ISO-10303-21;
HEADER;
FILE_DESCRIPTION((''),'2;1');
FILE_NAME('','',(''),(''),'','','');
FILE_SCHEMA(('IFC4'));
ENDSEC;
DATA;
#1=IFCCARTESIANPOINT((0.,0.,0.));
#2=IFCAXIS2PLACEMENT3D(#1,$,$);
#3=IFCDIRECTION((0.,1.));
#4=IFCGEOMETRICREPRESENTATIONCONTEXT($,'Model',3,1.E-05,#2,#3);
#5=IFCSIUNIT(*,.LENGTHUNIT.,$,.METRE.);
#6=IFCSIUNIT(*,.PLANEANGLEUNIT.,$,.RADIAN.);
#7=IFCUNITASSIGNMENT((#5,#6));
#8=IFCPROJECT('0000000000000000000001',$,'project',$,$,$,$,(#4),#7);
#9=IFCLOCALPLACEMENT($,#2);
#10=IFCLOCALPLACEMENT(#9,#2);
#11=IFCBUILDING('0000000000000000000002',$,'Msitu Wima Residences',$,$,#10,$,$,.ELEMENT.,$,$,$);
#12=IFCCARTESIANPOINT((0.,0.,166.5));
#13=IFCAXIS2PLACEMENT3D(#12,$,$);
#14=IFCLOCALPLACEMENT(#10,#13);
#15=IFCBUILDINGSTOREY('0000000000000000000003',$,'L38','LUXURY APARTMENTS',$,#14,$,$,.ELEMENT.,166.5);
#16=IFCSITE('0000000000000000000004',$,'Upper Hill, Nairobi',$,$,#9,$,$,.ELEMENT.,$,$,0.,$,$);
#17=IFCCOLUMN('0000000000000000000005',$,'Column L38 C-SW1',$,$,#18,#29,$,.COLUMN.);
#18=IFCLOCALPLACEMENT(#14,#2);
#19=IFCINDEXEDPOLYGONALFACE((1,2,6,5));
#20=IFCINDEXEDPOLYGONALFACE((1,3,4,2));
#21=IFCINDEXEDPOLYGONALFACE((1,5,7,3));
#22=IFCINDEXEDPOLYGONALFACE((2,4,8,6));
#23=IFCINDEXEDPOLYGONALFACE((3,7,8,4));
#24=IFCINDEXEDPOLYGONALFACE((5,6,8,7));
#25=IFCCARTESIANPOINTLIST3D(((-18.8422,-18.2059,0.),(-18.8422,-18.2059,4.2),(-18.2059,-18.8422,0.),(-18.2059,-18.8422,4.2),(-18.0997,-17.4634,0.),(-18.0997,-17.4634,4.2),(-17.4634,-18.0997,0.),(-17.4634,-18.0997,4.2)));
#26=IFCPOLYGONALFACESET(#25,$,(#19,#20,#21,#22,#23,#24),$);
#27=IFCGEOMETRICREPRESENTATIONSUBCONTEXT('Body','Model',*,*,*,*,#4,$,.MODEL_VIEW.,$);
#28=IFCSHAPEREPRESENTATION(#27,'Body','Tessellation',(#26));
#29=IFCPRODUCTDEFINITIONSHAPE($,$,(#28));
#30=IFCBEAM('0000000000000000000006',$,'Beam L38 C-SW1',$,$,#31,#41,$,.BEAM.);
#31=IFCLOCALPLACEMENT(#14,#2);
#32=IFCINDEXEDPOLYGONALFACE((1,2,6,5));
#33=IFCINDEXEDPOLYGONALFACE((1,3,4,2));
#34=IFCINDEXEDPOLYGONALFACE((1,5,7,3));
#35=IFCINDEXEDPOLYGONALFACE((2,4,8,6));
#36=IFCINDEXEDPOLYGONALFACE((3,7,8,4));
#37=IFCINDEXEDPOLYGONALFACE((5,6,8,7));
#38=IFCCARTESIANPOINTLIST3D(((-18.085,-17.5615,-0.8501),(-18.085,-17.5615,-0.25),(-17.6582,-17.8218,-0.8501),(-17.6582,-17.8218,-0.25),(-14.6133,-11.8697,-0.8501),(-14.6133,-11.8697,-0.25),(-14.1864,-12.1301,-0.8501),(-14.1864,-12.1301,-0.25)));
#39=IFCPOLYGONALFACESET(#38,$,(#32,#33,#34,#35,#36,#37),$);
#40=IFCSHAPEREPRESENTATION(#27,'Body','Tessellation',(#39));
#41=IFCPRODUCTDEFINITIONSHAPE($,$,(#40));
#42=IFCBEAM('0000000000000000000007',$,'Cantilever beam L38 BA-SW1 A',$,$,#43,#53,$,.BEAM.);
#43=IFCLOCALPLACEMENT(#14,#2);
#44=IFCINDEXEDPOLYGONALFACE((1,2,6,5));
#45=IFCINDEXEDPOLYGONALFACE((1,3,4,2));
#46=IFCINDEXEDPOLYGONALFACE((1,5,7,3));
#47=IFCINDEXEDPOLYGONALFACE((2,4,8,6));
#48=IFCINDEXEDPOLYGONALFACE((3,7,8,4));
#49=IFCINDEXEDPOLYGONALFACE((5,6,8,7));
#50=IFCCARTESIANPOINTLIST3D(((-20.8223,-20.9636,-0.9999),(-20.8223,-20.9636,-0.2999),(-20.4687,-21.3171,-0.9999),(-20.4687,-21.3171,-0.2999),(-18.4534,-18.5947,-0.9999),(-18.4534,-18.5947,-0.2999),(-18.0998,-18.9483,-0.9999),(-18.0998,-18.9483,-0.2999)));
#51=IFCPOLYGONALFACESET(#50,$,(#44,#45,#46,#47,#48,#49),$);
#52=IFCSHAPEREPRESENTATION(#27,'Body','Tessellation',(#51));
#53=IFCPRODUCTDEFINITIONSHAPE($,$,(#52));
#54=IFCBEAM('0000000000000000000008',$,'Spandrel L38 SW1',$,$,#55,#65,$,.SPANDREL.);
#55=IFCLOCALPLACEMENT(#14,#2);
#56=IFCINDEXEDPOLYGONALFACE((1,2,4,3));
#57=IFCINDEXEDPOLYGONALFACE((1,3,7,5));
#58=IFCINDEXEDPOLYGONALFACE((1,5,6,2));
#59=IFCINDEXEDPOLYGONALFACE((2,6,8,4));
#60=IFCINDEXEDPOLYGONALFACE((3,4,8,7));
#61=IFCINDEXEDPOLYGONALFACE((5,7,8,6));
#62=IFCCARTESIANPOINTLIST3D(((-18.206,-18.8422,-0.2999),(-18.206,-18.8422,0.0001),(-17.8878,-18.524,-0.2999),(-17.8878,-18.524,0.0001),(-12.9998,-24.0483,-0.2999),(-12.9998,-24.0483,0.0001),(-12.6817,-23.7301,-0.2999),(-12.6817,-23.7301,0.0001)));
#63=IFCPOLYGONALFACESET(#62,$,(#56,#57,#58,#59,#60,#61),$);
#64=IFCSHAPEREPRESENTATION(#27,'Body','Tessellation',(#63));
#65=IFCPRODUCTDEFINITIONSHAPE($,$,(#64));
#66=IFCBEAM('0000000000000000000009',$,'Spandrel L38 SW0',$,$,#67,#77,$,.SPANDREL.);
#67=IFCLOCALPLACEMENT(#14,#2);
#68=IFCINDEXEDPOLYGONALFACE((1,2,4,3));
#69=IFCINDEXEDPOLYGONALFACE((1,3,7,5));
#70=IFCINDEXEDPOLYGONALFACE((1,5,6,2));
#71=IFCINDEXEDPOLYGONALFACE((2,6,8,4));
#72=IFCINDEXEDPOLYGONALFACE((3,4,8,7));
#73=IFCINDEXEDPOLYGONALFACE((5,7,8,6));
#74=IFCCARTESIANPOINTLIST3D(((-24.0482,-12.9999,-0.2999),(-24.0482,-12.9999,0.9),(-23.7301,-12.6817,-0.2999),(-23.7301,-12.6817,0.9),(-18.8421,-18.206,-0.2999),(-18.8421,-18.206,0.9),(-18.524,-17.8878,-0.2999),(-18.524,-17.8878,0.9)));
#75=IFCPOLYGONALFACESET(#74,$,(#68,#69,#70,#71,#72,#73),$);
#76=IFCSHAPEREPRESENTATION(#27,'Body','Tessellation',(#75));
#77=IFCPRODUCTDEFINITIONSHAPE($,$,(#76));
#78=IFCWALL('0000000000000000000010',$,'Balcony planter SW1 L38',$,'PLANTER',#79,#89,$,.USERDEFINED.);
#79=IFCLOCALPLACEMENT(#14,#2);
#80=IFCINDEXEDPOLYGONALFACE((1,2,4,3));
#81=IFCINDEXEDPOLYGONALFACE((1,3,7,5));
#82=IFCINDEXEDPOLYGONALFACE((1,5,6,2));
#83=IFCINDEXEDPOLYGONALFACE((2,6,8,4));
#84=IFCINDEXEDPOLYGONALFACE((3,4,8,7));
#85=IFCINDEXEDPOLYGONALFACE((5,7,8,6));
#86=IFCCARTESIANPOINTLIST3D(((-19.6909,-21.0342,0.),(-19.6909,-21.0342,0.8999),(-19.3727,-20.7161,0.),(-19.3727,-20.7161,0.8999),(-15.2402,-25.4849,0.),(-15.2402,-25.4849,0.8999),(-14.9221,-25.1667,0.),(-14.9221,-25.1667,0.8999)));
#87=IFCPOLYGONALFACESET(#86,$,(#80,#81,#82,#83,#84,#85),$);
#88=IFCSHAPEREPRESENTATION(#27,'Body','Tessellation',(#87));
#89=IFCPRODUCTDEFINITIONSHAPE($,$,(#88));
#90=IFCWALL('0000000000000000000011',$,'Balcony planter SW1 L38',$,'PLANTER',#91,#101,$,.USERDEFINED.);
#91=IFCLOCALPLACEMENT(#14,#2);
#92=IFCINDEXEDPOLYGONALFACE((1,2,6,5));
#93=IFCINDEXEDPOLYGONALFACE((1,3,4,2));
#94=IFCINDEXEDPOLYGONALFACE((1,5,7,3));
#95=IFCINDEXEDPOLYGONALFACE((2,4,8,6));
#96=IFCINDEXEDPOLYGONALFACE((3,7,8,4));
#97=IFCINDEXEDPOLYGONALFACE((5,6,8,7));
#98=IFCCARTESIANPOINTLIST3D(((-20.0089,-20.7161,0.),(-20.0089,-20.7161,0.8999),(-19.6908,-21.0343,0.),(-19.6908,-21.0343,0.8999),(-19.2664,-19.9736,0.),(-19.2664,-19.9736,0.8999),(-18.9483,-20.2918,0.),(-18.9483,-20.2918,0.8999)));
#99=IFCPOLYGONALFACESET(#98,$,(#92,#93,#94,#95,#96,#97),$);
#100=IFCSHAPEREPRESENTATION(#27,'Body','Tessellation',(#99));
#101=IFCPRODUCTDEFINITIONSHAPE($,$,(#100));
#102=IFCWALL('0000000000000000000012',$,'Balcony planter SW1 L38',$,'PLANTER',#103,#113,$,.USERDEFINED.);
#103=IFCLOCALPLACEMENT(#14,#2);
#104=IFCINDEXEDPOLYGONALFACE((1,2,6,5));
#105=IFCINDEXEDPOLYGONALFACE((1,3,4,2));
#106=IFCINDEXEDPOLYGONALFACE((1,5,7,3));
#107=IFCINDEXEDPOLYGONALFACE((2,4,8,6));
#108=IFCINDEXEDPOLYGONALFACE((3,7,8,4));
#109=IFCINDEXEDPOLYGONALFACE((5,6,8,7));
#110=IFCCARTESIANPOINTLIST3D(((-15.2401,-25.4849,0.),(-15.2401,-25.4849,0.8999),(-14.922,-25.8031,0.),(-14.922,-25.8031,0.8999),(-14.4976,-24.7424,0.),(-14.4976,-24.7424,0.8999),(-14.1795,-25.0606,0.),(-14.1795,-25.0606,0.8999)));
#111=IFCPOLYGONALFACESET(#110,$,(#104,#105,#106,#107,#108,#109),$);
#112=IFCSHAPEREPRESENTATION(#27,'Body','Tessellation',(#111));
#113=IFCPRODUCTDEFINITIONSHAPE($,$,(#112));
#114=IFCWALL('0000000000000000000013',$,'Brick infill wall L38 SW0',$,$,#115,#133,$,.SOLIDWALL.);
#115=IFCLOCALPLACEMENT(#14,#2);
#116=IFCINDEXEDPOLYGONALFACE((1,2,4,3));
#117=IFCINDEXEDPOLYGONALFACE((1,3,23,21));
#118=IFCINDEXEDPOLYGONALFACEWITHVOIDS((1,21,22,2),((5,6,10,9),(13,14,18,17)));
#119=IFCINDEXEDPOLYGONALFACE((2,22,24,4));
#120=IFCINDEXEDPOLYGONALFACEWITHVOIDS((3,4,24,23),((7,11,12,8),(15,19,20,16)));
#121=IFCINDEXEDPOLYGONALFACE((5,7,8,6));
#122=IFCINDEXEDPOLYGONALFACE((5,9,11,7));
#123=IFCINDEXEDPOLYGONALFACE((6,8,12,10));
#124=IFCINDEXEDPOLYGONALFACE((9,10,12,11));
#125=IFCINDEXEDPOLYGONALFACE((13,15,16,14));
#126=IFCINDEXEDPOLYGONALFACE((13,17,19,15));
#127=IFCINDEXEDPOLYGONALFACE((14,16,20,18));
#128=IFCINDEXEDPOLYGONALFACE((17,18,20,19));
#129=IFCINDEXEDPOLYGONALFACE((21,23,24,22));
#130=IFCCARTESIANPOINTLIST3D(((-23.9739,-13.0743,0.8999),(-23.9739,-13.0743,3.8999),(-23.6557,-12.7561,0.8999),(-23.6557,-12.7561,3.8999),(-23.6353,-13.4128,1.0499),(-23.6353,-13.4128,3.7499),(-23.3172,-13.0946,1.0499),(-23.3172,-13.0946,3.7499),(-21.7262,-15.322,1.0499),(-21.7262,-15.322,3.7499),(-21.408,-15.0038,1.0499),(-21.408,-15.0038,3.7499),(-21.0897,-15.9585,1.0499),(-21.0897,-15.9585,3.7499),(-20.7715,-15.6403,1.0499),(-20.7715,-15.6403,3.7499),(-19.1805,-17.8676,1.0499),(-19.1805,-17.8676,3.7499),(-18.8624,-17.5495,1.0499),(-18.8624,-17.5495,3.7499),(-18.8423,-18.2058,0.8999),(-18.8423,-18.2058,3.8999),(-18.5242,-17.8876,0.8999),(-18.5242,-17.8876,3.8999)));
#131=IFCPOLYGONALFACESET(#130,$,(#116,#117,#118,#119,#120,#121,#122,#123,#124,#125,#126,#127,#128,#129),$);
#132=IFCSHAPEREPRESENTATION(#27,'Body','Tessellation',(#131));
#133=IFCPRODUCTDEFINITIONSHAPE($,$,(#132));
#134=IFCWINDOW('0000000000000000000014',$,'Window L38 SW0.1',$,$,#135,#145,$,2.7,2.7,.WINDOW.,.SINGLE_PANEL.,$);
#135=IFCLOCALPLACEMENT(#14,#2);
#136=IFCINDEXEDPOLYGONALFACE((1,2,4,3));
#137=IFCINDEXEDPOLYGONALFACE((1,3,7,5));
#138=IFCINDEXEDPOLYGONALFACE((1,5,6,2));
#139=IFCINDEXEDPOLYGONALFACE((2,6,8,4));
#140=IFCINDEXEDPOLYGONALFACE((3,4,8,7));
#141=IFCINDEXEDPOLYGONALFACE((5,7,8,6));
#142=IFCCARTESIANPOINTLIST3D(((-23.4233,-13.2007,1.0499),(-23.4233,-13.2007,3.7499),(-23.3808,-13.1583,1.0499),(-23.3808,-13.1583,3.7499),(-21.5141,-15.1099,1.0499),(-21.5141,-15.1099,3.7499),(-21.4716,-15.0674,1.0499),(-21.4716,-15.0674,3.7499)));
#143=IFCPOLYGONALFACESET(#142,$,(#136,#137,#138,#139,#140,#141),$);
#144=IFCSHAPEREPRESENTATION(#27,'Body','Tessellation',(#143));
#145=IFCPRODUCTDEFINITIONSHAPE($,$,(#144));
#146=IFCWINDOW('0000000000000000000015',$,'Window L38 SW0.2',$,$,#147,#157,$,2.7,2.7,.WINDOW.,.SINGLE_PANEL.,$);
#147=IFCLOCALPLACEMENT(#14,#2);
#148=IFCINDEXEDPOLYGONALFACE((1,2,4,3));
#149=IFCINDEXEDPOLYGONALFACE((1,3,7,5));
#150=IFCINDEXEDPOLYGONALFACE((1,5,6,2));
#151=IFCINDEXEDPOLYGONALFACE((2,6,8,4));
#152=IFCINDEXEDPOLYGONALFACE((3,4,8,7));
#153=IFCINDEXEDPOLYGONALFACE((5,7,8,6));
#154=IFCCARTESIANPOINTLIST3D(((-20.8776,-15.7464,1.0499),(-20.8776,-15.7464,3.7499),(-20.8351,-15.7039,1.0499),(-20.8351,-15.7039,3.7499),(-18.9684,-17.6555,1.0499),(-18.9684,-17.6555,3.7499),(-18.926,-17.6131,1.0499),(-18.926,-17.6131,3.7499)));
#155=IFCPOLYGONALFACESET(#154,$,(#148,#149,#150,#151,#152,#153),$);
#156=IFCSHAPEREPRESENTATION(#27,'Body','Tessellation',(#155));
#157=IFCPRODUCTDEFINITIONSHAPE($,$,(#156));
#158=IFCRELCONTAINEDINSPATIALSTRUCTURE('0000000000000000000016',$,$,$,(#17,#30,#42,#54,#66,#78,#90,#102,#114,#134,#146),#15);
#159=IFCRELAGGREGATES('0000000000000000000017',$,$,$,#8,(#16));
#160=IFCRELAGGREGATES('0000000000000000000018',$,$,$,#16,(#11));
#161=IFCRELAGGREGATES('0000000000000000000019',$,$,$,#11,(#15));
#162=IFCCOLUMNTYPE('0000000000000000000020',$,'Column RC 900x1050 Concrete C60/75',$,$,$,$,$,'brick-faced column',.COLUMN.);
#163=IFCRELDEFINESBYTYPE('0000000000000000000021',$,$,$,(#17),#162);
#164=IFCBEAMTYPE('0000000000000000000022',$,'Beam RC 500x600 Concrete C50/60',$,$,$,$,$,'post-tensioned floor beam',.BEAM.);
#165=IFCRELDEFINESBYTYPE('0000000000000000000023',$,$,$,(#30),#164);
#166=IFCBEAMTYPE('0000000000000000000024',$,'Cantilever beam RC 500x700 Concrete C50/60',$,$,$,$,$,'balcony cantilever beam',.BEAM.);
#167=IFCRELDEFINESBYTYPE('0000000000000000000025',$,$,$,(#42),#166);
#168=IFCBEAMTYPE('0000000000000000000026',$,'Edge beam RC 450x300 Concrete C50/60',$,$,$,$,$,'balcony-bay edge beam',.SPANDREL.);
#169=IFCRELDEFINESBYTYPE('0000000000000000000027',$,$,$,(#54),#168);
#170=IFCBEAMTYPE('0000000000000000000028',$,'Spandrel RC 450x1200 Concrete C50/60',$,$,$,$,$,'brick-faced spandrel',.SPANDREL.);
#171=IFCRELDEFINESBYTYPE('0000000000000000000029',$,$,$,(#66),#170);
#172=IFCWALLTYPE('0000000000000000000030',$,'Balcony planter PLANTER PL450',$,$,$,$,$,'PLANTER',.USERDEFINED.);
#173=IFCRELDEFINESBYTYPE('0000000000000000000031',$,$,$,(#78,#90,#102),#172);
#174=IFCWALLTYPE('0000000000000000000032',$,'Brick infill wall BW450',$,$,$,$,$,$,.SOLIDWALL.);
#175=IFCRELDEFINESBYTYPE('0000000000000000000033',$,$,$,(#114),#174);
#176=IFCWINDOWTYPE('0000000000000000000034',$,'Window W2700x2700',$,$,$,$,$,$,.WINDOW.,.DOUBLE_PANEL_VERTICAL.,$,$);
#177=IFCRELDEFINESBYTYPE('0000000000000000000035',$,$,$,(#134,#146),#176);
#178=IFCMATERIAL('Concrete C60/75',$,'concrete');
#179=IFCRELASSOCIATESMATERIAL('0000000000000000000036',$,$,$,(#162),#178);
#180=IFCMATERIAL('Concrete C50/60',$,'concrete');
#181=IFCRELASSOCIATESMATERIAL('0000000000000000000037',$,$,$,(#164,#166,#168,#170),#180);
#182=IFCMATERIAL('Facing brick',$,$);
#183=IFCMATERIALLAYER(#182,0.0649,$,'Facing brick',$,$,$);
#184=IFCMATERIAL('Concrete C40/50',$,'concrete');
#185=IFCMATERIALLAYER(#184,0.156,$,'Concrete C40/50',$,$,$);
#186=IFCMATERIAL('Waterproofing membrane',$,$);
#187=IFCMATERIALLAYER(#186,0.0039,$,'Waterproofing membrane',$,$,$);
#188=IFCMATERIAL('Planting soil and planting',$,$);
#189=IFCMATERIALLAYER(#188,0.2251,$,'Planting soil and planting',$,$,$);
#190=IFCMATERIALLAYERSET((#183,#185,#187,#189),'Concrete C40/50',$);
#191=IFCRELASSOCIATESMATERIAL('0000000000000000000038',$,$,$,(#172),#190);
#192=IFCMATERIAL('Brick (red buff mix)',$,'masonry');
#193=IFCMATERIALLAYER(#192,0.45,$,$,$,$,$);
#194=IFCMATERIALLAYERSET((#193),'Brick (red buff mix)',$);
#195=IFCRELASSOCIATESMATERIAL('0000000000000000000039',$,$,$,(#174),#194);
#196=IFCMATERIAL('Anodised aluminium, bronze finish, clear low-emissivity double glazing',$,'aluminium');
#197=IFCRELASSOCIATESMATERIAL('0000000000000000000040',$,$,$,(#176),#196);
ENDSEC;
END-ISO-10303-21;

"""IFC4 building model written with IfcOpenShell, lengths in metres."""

from ifc_helpers import new_model, si_unit, direction, frame, frame_2d, origin, origin_2d, place, context, subcontext, project, spatial, rectangle, extrude, material, layer, layer_set, material_profile, profile_set, type_object, element, fill, save


model = new_model("IFC4")

# Units and contexts
model_context = context("Model", 3, precision=1e-05, world=origin(), true_north=direction((0.0, 1.0)))
body_context = subcontext(model_context, "Body", "Model", "MODEL_VIEW")
ifc_project = project(units=[si_unit("LENGTHUNIT", "METRE"), si_unit("PLANEANGLEUNIT", "RADIAN")], contexts=[model_context])

# Site, building, storey
site_placement = place(None, origin())
site = spatial("IfcSite", under=ifc_project, at=site_placement, Name="Upper Hill, Nairobi", CompositionType="ELEMENT", RefElevation=0.0)
building_placement = place(site_placement, origin())
building = spatial("IfcBuilding", under=site, at=building_placement, Name="Msitu Wima Residences", CompositionType="ELEMENT")
storey_placement = place(building_placement, frame((0.0, 0.0, 166.5)))
storey = spatial("IfcBuildingStorey", under=building, at=storey_placement, Name="L38", Description="LUXURY APARTMENTS", CompositionType="ELEMENT", Elevation=166.5)

# Column
ifc_material_1 = material(Name="Concrete C60/75", Category="concrete")
ifc_material_profile_1 = material_profile(ifc_material_1, rectangle(XDim=0.8999, YDim=1.05, at=origin_2d()), Name="RC 900x1050")
ifc_profile_set_1 = profile_set([ifc_material_profile_1], Name="Concrete C60/75")
column_type = type_object("IfcColumnType", Name="Column RC 900x1050 Concrete C60/75", ElementType="brick-faced column", PredefinedType="COLUMN", material=ifc_profile_set_1)
column_placement = place(storey_placement, frame((-18.1528, -18.1528, 0.0), z_axis=(0.0, 0.0, 1.0), x_axis=(0.707107, -0.707107, 0.0)))
element("IfcColumn", 1, at=column_placement, inside=storey, type_object=column_type, Name="Column L38 C-SW1", PredefinedType="COLUMN", context=body_context, shape_type="SweptSolid", body=[
    extrude(rectangle(XDim=0.8999, YDim=1.05, at=origin_2d()), origin(), (0.0, 0.0, 1.0), 4.2),
])

# Beams
ifc_material_2 = material(Name="Concrete C50/60", Category="concrete")
ifc_material_profile_2 = material_profile(ifc_material_2, rectangle(XDim=0.5, YDim=0.6001, at=origin_2d()), Name="RC 500x600")
ifc_profile_set_2 = profile_set([ifc_material_profile_2], Name="Concrete C50/60")
beam_type_1 = type_object("IfcBeamType", Name="Beam RC 500x600 Concrete C50/60", ElementType="post-tensioned floor beam", PredefinedType="BEAM", material=ifc_profile_set_2)
beam_1_placement = place(storey_placement, frame((-17.8716, -17.6917, -0.55), z_axis=(0.520734, 0.853719, 0.0), x_axis=(-0.853719, 0.520734, 0.0)))
element("IfcBeam", 2, at=beam_1_placement, inside=storey, type_object=beam_type_1, Name="Beam L38 C-SW1", PredefinedType="BEAM", context=body_context, shape_type="SweptSolid", body=[
    extrude(rectangle(XDim=0.5, YDim=0.6001, at=origin_2d()), origin(), (0.0, 0.0, 1.0), 6.667),
])
ifc_material_profile_3 = material_profile(ifc_material_2, rectangle(XDim=0.5, YDim=0.7, at=origin_2d()), Name="RC 500x700")
ifc_profile_set_3 = profile_set([ifc_material_profile_3], Name="Concrete C50/60")
beam_type_2 = type_object("IfcBeamType", Name="Cantilever beam RC 500x700 Concrete C50/60", ElementType="balcony cantilever beam", PredefinedType="BEAM", material=ifc_profile_set_3)
beam_2_placement = place(storey_placement, frame((-18.2766, -18.7715, -0.6499), z_axis=(-0.707107, -0.707107, 0.0), x_axis=(0.707107, -0.707107, 0.0)))
element("IfcBeam", 3, at=beam_2_placement, inside=storey, type_object=beam_type_2, Name="Cantilever beam L38 BA-SW1 A", PredefinedType="BEAM", context=body_context, shape_type="SweptSolid", body=[
    extrude(rectangle(XDim=0.5, YDim=0.7, at=origin_2d()), origin(), (0.0, 0.0, 1.0), 3.3501),
])
ifc_material_profile_4 = material_profile(ifc_material_2, rectangle(XDim=0.45, YDim=0.3, at=origin_2d()), Name="RC 450x300")
ifc_profile_set_4 = profile_set([ifc_material_profile_4], Name="Concrete C50/60")
beam_type_3 = type_object("IfcBeamType", Name="Edge beam RC 450x300 Concrete C50/60", ElementType="balcony-bay edge beam", PredefinedType="SPANDREL", material=ifc_profile_set_4)
beam_3_placement = place(storey_placement, frame((-18.0469, -18.6831, -0.1499), z_axis=(0.707107, -0.707107, 0.0), x_axis=(0.707107, 0.707107, 0.0)))
element("IfcBeam", 4, at=beam_3_placement, inside=storey, type_object=beam_type_3, Name="Spandrel L38 SW1", PredefinedType="SPANDREL", context=body_context, shape_type="SweptSolid", body=[
    extrude(rectangle(XDim=0.45, YDim=0.3, at=origin_2d()), origin(), (0.0, 0.0, 1.0), 7.3625),
])
ifc_material_profile_5 = material_profile(ifc_material_2, rectangle(XDim=0.45, YDim=1.2, at=origin_2d()), Name="RC 450x1200")
ifc_profile_set_5 = profile_set([ifc_material_profile_5], Name="Concrete C50/60")
beam_type_4 = type_object("IfcBeamType", Name="Spandrel RC 450x1200 Concrete C50/60", ElementType="brick-faced spandrel", PredefinedType="SPANDREL", material=ifc_profile_set_5)
beam_4_placement = place(storey_placement, frame((-23.8892, -12.8408, 0.3), z_axis=(0.707107, -0.707107, 0.0), x_axis=(0.707107, 0.707107, 0.0)))
element("IfcBeam", 5, at=beam_4_placement, inside=storey, type_object=beam_type_4, Name="Spandrel L38 SW0", PredefinedType="SPANDREL", context=body_context, shape_type="SweptSolid", body=[
    extrude(rectangle(XDim=0.45, YDim=1.2, at=origin_2d()), origin(), (0.0, 0.0, 1.0), 7.3625),
])

# Walls
ifc_material_3 = material(Name="Facing brick")
ifc_layer_1 = layer(ifc_material_3, 0.0649, Name="Facing brick")
ifc_material_4 = material(Name="Concrete C40/50", Category="concrete")
ifc_layer_2 = layer(ifc_material_4, 0.156, Name="Concrete C40/50")
ifc_material_5 = material(Name="Waterproofing membrane")
ifc_layer_3 = layer(ifc_material_5, 0.0039, Name="Waterproofing membrane")
ifc_material_6 = material(Name="Planting soil and planting")
ifc_layer_4 = layer(ifc_material_6, 0.2251, Name="Planting soil and planting")
ifc_layer_set_1 = layer_set([ifc_layer_1, ifc_layer_2, ifc_layer_3, ifc_layer_4], Name="Concrete C40/50")
wall_type_1 = type_object("IfcWallType", Name="Balcony planter PLANTER PL450", ElementType="PLANTER", PredefinedType="USERDEFINED", material=ifc_layer_set_1)
wall_1_placement = place(storey_placement, frame((-19.5317, -20.8752, 0.0), z_axis=(0.0, 0.0, 1.0), x_axis=(0.707107, -0.707107, 0.0)))
element("IfcWall", 6, at=wall_1_placement, inside=storey, type_object=wall_type_1, Name="Balcony planter SW1 L38", ObjectType="PLANTER", PredefinedType="USERDEFINED", context=body_context, shape_type="SweptSolid", body=[
    extrude(rectangle(XDim=6.2942, YDim=0.45, at=frame_2d((3.147, 0.0))), origin(), (0.0, 0.0, 1.0), 0.8999),
])
for number, where, z_axis, x_axis, name in (
    (7, (-19.1074, -20.1328, 0.0), (0.0, 0.0, 1.0), (-0.707107, -0.707107, 0.0), "Balcony planter SW1 L38"),
    (8, (-14.3386, -24.9016, 0.0), (0.0, 0.0, 1.0), (-0.707107, -0.707107, 0.0), "Balcony planter SW1 L38"),
):
    element("IfcWall", number, at=place(storey_placement, frame(where, z_axis=z_axis, x_axis=x_axis)), inside=storey, type_object=wall_type_1, Name=name, ObjectType="PLANTER", PredefinedType="USERDEFINED", context=body_context, shape_type="SweptSolid", body=[
        extrude(rectangle(XDim=1.05, YDim=0.45, at=frame_2d((0.5249, 0.0))), origin(), (0.0, 0.0, 1.0), 0.8999),
    ])

# Wall, openings, windows
ifc_material_7 = material(Name="Brick (red buff mix)", Category="masonry")
ifc_layer_5 = layer(ifc_material_7, 0.45)
ifc_layer_set_2 = layer_set([ifc_layer_5], Name="Brick (red buff mix)")
wall_type_2 = type_object("IfcWallType", Name="Brick infill wall BW450", PredefinedType="SOLIDWALL", material=ifc_layer_set_2)
wall_2_placement = place(storey_placement, frame((-23.8147, -12.9153, 0.8999), z_axis=(0.0, 0.0, 1.0), x_axis=(0.707107, -0.707107, 0.0)))
wall_2 = element("IfcWall", 9, at=wall_2_placement, inside=storey, type_object=wall_type_2, Name="Brick infill wall L38 SW0", PredefinedType="SOLIDWALL", context=body_context, shape_type="SweptSolid", body=[
    extrude(rectangle(XDim=7.2571, YDim=0.45, at=frame_2d((3.6284, 0.0))), origin(), (0.0, 0.0, 1.0), 3.0),
])
opening_1_placement = place(wall_2_placement, frame((0.4785, 0.0, 0.1499)))
opening_1 = element("IfcOpeningElement", 10, at=opening_1_placement, cuts=wall_2, PredefinedType="OPENING", context=body_context, shape_type="SweptSolid", body=[
    extrude(rectangle(XDim=2.7, YDim=2.7, at=frame_2d((1.3501, 1.3501))), frame((0.0, 0.2349, 0.0), z_axis=(0.0, -1.0, 0.0), x_axis=(1.0, 0.0, 0.0)), (0.0, 0.0, 1.0), 0.47),
])
opening_2_placement = place(wall_2_placement, frame((4.0786, 0.0, 0.1499)))
opening_2 = element("IfcOpeningElement", 11, at=opening_2_placement, cuts=wall_2, PredefinedType="OPENING", context=body_context, shape_type="SweptSolid", body=[
    extrude(rectangle(XDim=2.7, YDim=2.7, at=frame_2d((1.3501, 1.3501))), frame((0.0, 0.2349, 0.0), z_axis=(0.0, -1.0, 0.0), x_axis=(1.0, 0.0, 0.0)), (0.0, 0.0, 1.0), 0.47),
])
ifc_material_8 = material(Name="Anodised aluminium, bronze finish, clear low-emissivity double glazing", Category="aluminium")
window_type = type_object("IfcWindowType", Name="Window W2700x2700", PartitioningType="DOUBLE_PANEL_VERTICAL", PredefinedType="WINDOW", material=ifc_material_8)
window_1_placement = place(opening_1_placement, origin())
window_1 = element("IfcWindow", 12, at=window_1_placement, inside=storey, type_object=window_type, Name="Window L38 SW0.1", OverallHeight=2.7, OverallWidth=2.7, PartitioningType="SINGLE_PANEL", PredefinedType="WINDOW", context=body_context, shape_type="SweptSolid", body=[
    extrude(rectangle(XDim=2.7, YDim=2.7, at=frame_2d((1.3501, 1.3501))), frame((0.0, 0.135, 0.0), z_axis=(0.0, -1.0, 0.0), x_axis=(1.0, 0.0, 0.0)), (0.0, 0.0, 1.0), 0.0601),
])
fill(opening_1, window_1)
window_2_placement = place(opening_2_placement, origin())
window_2 = element("IfcWindow", 13, at=window_2_placement, inside=storey, type_object=window_type, Name="Window L38 SW0.2", OverallHeight=2.7, OverallWidth=2.7, PartitioningType="SINGLE_PANEL", PredefinedType="WINDOW", context=body_context, shape_type="SweptSolid", body=[
    extrude(rectangle(XDim=2.7, YDim=2.7, at=frame_2d((1.3501, 1.3501))), frame((0.0, 0.135, 0.0), z_axis=(0.0, -1.0, 0.0), x_axis=(1.0, 0.0, 0.0)), (0.0, 0.0, 1.0), 0.0601),
])
fill(opening_2, window_2)

save(model, "model.ifc")
